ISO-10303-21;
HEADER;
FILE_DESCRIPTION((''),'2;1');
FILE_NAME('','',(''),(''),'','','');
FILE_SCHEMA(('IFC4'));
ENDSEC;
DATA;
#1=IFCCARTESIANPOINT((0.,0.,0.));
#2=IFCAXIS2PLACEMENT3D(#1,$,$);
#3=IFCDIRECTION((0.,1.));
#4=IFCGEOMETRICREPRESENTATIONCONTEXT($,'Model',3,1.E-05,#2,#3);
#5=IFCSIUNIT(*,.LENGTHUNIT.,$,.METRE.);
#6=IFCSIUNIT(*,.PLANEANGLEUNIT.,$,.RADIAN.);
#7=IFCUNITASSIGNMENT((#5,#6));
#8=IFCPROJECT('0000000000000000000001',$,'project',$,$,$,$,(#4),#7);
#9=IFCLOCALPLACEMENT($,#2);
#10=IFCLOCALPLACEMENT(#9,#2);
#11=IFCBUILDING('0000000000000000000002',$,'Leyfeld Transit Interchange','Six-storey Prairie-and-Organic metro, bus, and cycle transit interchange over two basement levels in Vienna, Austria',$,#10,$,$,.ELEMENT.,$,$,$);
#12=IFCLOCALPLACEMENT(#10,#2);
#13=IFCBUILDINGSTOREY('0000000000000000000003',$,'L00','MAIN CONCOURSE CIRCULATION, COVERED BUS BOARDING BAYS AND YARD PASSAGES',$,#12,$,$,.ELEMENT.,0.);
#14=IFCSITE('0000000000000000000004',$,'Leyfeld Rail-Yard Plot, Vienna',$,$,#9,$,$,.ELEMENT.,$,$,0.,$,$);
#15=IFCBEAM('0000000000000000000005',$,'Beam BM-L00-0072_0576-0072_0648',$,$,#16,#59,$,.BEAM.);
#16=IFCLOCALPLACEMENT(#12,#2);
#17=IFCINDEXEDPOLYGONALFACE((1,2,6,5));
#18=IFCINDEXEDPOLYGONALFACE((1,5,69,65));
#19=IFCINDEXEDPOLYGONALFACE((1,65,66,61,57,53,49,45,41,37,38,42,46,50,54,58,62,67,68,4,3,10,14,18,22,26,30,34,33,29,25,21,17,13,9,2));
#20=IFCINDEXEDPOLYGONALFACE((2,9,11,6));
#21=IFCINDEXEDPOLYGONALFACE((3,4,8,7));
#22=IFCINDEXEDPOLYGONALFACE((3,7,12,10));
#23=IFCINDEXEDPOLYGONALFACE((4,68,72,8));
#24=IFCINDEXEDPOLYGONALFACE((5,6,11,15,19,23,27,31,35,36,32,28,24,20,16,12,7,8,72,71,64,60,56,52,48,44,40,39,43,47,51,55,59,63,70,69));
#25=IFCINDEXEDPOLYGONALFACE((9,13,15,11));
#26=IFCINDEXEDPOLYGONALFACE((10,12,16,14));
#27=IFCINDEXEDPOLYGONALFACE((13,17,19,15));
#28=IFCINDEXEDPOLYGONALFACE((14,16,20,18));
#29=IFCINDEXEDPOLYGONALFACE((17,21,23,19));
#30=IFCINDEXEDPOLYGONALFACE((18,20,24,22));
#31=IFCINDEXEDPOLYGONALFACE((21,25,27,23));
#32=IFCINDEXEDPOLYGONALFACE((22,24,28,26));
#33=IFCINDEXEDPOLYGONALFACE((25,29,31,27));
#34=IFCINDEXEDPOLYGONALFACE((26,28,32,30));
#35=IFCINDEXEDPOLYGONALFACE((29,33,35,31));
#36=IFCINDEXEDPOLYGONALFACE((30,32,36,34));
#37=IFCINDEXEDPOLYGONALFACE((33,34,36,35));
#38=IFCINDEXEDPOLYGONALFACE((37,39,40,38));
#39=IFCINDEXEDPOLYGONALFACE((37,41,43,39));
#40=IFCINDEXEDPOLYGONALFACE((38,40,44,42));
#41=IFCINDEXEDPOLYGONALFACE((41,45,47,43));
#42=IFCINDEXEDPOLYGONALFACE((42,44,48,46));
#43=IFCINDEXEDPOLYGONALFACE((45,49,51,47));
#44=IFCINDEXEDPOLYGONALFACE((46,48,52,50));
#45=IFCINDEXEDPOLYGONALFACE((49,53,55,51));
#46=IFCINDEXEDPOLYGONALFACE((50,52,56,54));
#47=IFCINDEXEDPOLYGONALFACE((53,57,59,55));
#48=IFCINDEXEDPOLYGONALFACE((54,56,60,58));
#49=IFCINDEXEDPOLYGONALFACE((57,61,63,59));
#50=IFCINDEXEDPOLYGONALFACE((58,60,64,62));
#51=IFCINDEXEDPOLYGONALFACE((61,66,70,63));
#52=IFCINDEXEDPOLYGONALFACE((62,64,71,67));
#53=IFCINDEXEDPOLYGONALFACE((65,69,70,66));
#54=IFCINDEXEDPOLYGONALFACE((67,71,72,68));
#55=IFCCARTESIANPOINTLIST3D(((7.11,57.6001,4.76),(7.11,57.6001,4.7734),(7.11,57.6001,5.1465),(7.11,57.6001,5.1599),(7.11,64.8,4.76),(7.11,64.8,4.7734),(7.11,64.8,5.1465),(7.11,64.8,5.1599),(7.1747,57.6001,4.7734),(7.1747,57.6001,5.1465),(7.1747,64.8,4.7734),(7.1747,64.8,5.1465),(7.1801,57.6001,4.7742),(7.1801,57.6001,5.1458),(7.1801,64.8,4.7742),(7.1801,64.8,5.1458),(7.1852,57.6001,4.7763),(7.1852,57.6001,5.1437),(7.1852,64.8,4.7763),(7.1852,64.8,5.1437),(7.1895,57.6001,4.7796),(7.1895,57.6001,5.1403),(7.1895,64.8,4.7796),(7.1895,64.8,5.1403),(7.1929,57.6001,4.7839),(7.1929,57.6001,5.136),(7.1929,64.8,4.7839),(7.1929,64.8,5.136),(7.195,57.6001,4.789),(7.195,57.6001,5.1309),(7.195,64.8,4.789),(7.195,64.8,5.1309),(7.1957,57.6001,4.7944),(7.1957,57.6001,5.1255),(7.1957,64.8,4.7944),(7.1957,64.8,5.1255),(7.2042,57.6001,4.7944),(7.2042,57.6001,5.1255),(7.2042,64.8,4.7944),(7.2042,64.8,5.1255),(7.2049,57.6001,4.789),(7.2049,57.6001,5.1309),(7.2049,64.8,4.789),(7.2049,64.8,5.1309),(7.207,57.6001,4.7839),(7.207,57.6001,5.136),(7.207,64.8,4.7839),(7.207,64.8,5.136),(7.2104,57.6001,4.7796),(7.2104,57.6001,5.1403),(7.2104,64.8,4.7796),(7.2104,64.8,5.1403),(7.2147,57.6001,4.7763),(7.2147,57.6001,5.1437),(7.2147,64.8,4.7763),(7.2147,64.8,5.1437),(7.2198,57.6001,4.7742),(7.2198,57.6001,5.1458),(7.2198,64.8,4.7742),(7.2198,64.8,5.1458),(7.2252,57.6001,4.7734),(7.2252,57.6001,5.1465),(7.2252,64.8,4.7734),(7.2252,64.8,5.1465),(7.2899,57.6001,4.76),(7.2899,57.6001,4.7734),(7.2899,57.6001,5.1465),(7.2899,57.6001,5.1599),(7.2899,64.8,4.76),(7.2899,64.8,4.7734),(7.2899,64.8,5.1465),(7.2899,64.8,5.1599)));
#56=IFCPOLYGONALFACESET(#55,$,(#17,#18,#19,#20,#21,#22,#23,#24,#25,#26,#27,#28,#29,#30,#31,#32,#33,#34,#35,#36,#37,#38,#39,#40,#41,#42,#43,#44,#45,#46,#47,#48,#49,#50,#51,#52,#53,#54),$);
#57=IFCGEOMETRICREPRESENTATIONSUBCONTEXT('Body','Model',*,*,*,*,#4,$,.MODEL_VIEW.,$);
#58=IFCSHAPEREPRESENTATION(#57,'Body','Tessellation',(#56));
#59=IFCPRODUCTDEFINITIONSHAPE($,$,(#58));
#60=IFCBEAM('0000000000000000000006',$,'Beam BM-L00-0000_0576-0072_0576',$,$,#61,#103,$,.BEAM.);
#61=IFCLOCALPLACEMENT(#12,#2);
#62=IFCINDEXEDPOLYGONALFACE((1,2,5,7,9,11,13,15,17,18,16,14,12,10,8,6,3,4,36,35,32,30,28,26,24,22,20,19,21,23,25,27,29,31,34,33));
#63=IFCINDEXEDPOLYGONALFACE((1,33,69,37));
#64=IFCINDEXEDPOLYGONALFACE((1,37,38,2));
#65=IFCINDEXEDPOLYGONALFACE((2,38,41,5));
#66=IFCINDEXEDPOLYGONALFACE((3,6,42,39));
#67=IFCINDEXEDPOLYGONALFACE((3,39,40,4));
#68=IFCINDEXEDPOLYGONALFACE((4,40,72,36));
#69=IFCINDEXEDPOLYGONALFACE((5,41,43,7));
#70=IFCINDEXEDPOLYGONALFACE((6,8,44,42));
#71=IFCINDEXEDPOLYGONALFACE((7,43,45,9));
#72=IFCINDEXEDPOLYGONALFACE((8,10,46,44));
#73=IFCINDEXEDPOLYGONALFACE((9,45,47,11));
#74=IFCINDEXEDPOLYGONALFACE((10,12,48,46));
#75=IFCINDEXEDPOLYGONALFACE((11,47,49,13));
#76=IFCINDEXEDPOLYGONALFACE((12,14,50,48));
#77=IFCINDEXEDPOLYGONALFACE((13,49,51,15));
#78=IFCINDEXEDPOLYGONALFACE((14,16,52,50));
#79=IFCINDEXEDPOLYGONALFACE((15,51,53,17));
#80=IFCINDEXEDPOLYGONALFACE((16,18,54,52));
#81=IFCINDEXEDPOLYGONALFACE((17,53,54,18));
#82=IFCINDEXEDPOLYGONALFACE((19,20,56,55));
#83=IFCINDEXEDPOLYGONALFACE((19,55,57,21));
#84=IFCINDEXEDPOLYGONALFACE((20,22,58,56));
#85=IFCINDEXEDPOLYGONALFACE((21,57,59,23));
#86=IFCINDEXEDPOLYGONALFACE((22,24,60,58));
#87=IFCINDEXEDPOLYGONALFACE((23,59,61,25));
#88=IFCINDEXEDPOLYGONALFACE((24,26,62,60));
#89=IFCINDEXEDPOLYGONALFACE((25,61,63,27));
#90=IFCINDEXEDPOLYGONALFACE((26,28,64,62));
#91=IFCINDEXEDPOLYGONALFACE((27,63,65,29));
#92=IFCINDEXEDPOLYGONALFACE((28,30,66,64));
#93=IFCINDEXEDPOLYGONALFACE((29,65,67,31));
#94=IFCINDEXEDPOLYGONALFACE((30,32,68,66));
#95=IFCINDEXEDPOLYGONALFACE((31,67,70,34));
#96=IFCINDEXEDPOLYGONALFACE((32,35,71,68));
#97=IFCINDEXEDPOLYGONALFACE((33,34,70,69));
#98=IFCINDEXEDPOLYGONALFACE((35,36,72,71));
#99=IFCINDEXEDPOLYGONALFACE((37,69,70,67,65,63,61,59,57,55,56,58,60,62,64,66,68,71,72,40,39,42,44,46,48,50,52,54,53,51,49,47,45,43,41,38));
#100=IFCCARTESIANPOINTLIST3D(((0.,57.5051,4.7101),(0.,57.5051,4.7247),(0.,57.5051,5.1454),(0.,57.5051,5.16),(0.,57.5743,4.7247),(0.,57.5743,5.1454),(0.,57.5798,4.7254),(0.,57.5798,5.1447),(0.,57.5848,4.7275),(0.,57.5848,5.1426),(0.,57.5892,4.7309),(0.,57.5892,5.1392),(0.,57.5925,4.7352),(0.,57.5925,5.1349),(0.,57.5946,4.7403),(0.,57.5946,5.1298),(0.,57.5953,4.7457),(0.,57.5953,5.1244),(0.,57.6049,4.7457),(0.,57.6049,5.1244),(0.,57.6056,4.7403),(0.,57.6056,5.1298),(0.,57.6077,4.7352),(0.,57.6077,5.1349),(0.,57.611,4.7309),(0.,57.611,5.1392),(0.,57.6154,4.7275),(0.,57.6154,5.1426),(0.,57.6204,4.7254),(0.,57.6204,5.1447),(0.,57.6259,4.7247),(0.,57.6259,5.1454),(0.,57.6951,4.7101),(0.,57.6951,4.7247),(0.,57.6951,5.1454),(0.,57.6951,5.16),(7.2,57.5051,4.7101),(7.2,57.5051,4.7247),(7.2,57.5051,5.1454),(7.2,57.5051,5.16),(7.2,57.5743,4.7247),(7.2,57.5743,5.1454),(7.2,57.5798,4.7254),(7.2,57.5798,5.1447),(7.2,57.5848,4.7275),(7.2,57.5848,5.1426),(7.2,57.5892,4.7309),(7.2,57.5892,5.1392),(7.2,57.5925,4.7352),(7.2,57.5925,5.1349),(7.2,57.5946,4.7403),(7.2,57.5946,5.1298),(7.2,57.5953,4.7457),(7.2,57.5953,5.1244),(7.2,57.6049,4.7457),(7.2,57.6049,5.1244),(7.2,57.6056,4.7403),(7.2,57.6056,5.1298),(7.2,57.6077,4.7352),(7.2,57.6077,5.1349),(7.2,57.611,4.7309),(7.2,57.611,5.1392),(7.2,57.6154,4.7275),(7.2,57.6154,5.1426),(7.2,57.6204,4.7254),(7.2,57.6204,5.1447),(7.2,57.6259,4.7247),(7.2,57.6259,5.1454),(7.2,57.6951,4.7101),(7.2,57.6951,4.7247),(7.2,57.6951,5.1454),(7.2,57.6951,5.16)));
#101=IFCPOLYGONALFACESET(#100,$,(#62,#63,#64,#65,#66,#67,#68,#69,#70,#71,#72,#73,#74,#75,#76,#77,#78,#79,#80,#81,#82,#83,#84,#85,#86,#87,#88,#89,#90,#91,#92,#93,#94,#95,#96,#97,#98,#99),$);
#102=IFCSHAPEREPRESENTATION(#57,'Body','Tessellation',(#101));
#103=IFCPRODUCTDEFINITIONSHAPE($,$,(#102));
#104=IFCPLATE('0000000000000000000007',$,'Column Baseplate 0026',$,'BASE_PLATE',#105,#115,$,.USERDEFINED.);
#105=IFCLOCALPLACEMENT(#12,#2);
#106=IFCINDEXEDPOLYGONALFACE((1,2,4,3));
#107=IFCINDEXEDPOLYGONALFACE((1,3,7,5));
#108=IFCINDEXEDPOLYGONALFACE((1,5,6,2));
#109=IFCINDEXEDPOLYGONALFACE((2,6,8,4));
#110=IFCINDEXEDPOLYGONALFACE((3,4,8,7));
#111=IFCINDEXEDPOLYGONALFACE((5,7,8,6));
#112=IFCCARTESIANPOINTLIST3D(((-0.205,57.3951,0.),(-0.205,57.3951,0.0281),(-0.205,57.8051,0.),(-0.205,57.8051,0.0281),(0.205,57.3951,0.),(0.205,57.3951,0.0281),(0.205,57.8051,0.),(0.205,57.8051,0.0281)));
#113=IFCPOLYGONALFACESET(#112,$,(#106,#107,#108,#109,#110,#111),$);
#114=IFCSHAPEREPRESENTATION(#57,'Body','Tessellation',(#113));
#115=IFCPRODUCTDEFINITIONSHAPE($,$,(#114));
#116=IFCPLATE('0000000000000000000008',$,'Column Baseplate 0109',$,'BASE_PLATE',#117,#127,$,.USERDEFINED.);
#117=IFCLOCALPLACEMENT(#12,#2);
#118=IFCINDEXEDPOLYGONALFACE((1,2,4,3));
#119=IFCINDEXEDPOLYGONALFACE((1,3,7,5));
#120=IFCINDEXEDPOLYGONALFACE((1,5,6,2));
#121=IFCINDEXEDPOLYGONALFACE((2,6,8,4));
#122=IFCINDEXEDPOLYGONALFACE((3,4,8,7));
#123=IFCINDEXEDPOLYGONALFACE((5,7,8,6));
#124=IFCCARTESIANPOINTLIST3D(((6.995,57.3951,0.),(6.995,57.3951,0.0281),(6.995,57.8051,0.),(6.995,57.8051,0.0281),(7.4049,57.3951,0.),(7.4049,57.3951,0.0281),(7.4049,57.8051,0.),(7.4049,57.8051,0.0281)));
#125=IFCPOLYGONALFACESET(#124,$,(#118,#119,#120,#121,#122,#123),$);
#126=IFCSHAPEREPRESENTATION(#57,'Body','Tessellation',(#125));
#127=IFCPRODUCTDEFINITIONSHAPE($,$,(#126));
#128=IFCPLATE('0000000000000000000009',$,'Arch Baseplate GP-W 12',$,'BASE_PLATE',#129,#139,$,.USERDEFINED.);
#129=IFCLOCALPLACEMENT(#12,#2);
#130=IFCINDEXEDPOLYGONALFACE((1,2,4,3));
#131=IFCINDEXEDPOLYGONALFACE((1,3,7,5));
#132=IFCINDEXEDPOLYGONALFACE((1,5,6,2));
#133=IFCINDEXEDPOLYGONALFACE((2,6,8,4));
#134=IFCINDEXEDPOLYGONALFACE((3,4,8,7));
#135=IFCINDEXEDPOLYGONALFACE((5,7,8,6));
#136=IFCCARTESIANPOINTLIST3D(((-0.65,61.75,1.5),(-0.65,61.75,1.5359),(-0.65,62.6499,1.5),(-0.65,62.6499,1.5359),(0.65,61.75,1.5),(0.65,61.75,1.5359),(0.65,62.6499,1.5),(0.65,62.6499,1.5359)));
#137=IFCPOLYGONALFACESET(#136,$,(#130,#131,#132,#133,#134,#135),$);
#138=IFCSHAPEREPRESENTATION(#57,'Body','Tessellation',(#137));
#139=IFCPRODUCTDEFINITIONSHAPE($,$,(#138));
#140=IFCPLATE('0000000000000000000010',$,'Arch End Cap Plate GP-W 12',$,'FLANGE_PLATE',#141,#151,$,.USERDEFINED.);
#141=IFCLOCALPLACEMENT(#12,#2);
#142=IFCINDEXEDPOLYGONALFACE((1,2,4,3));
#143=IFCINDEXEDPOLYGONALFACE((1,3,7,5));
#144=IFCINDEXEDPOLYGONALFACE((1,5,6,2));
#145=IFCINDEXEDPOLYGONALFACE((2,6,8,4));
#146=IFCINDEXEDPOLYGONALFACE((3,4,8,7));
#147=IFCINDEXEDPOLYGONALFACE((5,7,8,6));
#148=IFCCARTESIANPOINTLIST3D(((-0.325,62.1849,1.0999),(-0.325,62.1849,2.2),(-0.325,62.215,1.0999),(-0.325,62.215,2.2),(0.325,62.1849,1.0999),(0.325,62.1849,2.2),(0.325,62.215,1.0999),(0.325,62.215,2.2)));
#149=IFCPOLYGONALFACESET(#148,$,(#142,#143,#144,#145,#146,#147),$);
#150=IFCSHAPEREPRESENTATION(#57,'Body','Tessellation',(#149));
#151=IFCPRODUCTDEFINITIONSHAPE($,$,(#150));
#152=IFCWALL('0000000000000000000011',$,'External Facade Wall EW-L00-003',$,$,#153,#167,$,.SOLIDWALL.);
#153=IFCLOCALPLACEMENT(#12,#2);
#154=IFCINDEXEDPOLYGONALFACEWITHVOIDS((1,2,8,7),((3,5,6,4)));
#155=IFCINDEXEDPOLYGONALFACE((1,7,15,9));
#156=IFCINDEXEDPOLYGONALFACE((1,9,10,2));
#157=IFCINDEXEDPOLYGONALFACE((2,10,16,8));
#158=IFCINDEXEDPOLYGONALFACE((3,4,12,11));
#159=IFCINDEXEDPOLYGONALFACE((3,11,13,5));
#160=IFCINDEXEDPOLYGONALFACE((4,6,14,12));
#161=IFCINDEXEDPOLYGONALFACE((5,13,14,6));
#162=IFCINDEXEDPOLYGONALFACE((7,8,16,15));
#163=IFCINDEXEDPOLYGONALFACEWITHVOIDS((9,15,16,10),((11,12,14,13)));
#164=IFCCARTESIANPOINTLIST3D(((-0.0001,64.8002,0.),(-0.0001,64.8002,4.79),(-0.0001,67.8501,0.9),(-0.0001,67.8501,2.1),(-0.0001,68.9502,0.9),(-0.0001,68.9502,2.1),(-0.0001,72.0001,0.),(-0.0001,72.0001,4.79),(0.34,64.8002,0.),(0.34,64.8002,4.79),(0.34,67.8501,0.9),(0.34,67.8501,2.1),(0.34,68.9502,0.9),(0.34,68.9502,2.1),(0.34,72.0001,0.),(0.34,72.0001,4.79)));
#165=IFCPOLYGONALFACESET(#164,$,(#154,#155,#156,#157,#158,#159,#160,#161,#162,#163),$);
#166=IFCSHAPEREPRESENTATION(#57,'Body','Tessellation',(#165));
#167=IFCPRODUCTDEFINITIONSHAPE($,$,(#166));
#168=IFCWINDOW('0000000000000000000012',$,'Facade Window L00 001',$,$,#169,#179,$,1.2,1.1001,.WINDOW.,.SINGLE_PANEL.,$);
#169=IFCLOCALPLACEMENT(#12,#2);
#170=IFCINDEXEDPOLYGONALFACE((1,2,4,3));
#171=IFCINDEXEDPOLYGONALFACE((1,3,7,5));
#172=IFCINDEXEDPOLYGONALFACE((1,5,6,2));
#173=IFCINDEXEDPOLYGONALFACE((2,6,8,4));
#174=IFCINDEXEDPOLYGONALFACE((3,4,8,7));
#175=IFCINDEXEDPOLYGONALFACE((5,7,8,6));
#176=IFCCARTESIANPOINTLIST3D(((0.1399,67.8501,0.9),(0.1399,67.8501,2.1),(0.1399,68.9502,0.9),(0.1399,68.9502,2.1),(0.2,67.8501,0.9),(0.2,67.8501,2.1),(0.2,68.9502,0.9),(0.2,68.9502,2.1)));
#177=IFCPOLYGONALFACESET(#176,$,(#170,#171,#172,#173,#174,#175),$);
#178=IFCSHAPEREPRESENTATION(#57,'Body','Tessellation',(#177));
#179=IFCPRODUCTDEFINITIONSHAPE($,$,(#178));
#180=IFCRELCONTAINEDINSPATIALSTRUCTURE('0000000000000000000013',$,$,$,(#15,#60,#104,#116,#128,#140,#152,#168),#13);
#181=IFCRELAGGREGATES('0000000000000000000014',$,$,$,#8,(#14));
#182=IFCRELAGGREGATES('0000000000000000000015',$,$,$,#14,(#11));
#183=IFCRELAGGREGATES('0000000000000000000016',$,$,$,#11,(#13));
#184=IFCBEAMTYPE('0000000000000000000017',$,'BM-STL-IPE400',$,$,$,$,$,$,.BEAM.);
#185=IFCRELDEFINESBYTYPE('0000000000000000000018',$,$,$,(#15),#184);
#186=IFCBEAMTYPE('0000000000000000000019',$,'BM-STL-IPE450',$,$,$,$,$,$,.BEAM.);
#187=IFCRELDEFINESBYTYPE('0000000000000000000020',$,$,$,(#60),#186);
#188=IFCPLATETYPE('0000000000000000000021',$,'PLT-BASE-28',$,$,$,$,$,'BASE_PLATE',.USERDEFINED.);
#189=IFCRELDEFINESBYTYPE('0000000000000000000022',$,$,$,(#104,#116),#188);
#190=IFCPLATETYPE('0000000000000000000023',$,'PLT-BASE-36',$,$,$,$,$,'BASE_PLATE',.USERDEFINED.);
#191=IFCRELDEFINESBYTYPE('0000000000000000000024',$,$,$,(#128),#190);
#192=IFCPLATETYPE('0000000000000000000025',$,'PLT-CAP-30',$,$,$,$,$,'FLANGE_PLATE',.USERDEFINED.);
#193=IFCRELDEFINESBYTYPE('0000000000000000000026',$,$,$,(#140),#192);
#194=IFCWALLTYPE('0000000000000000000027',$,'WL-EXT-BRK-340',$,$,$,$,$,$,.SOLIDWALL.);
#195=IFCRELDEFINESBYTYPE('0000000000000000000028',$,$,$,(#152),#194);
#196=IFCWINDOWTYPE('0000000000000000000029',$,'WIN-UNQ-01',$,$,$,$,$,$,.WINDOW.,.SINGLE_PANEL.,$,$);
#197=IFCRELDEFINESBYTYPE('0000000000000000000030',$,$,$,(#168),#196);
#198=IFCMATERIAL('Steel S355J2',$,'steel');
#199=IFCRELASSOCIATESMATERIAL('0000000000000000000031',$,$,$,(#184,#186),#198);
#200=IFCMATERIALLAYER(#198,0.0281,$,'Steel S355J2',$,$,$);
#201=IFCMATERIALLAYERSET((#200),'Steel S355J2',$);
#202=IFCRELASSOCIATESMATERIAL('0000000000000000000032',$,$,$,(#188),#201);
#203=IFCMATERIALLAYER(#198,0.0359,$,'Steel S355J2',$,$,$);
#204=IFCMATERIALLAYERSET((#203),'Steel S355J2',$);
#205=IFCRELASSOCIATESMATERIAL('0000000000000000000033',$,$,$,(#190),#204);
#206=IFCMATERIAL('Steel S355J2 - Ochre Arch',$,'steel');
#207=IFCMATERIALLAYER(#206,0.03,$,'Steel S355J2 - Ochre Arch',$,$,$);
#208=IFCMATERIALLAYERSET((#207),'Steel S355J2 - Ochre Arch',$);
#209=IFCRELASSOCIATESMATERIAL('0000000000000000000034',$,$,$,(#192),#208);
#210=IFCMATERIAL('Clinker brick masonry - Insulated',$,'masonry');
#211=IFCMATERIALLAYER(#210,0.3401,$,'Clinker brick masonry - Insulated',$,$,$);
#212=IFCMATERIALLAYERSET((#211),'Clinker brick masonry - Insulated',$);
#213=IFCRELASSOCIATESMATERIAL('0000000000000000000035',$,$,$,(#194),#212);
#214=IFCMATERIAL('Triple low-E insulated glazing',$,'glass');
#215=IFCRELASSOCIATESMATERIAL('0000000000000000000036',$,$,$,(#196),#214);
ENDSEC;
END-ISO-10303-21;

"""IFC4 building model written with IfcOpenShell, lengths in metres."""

from ifc_helpers import new_model, si_unit, direction, frame, frame_2d, origin, origin_2d, place, context, subcontext, project, spatial, rectangle, i_section, extrude, material, layer, layer_set, material_profile, profile_set, type_object, element, fill, save


model = new_model("IFC4")

# Units and contexts
model_context = context("Model", 3, precision=1e-05, world=origin(), true_north=direction((0.0, 1.0)))
body_context = subcontext(model_context, "Body", "Model", "MODEL_VIEW")
ifc_project = project(units=[si_unit("LENGTHUNIT", "METRE"), si_unit("PLANEANGLEUNIT", "RADIAN")], contexts=[model_context])

# Site, building, storey
site_placement = place(None, origin())
site = spatial("IfcSite", under=ifc_project, at=site_placement, Name="Leyfeld Rail-Yard Plot, Vienna", CompositionType="ELEMENT", RefElevation=0.0)
building_placement = place(site_placement, origin())
building = spatial("IfcBuilding", under=site, at=building_placement, Name="Leyfeld Transit Interchange", Description="Six-storey Prairie-and-Organic metro, bus, and cycle transit interchange over two basement levels in Vienna, Austria", CompositionType="ELEMENT")
storey_placement = place(building_placement, origin())
storey = spatial("IfcBuildingStorey", under=building, at=storey_placement, Name="L00", Description="MAIN CONCOURSE CIRCULATION, COVERED BUS BOARDING BAYS AND YARD PASSAGES", CompositionType="ELEMENT", Elevation=0.0)

# Shared definitions
ifc_material_1 = material(Name="Steel S355J2", Category="steel")

# Beams
ifc_material_profile_1 = material_profile(ifc_material_1, i_section(OverallWidth=0.1799, OverallDepth=0.3999, WebThickness=0.0085, FlangeThickness=0.0134, FilletRadius=0.021, at=origin_2d()), Name="IPE 400")
ifc_profile_set_1 = profile_set([ifc_material_profile_1], Name="Steel S355J2")
beam_type_1 = type_object("IfcBeamType", Name="BM-STL-IPE400", PredefinedType="BEAM", material=ifc_profile_set_1)
beam_1_placement = place(storey_placement, frame((7.2, 57.6001, 4.96), z_axis=(0.0, 1.0, 0.0), x_axis=(-1.0, 0.0, 0.0)))
element("IfcBeam", 1, at=beam_1_placement, inside=storey, type_object=beam_type_1, Name="Beam BM-L00-0072_0576-0072_0648", PredefinedType="BEAM", context=body_context, shape_type="SweptSolid", body=[
    extrude(i_section(OverallWidth=0.1799, OverallDepth=0.3999, WebThickness=0.0085, FlangeThickness=0.0134, FilletRadius=0.021, at=origin_2d()), origin(), (0.0, 0.0, 1.0), 7.2),
])
ifc_material_profile_2 = material_profile(ifc_material_1, i_section(OverallWidth=0.1899, OverallDepth=0.45, WebThickness=0.0095, FlangeThickness=0.0146, FilletRadius=0.021, at=origin_2d()), Name="IPE 450")
ifc_profile_set_2 = profile_set([ifc_material_profile_2], Name="Steel S355J2")
beam_type_2 = type_object("IfcBeamType", Name="BM-STL-IPE450", PredefinedType="BEAM", material=ifc_profile_set_2)
beam_2_placement = place(storey_placement, frame((0.0, 57.6001, 4.9351), z_axis=(1.0, 0.0, 0.0), x_axis=(0.0, 1.0, 0.0)))
element("IfcBeam", 2, at=beam_2_placement, inside=storey, type_object=beam_type_2, Name="Beam BM-L00-0000_0576-0072_0576", PredefinedType="BEAM", context=body_context, shape_type="SweptSolid", body=[
    extrude(i_section(OverallWidth=0.1899, OverallDepth=0.45, WebThickness=0.0095, FlangeThickness=0.0146, FilletRadius=0.021, at=origin_2d()), origin(), (0.0, 0.0, 1.0), 7.2),
])

# Plates
ifc_layer_1 = layer(ifc_material_1, 0.0281, Name="Steel S355J2")
ifc_layer_set_1 = layer_set([ifc_layer_1], Name="Steel S355J2")
plate_type_1 = type_object("IfcPlateType", Name="PLT-BASE-28", ElementType="BASE_PLATE", PredefinedType="USERDEFINED", material=ifc_layer_set_1)
for number, where, z_axis, x_axis, name in (
    (3, (0.0, 57.6001, 0.0), (0.0, 0.0, 1.0), (1.0, 0.0, 0.0), "Column Baseplate 0026"),
    (4, (7.2, 57.6001, 0.0), (0.0, 0.0, 1.0), (1.0, 0.0, 0.0), "Column Baseplate 0109"),
):
    element("IfcPlate", number, at=place(storey_placement, frame(where, z_axis=z_axis, x_axis=x_axis)), inside=storey, type_object=plate_type_1, Name=name, ObjectType="BASE_PLATE", PredefinedType="USERDEFINED", context=body_context, shape_type="SweptSolid", body=[
        extrude(rectangle(XDim=0.4099, YDim=0.4099, at=origin_2d()), origin(), (0.0, 0.0, 1.0), 0.0281),
    ])
ifc_layer_2 = layer(ifc_material_1, 0.0359, Name="Steel S355J2")
ifc_layer_set_2 = layer_set([ifc_layer_2], Name="Steel S355J2")
plate_type_2 = type_object("IfcPlateType", Name="PLT-BASE-36", ElementType="BASE_PLATE", PredefinedType="USERDEFINED", material=ifc_layer_set_2)
plate_1_placement = place(storey_placement, frame((0.0, 62.2, 1.5), z_axis=(0.0, 0.0, 1.0), x_axis=(1.0, 0.0, 0.0)))
element("IfcPlate", 5, at=plate_1_placement, inside=storey, type_object=plate_type_2, Name="Arch Baseplate GP-W 12", ObjectType="BASE_PLATE", PredefinedType="USERDEFINED", context=body_context, shape_type="SweptSolid", body=[
    extrude(rectangle(XDim=1.3, YDim=0.8999, at=origin_2d()), origin(), (0.0, 0.0, 1.0), 0.0359),
])
ifc_material_2 = material(Name="Steel S355J2 - Ochre Arch", Category="steel")
ifc_layer_3 = layer(ifc_material_2, 0.03, Name="Steel S355J2 - Ochre Arch")
ifc_layer_set_3 = layer_set([ifc_layer_3], Name="Steel S355J2 - Ochre Arch")
plate_type_3 = type_object("IfcPlateType", Name="PLT-CAP-30", ElementType="FLANGE_PLATE", PredefinedType="USERDEFINED", material=ifc_layer_set_3)
plate_2_placement = place(storey_placement, frame((0.0, 62.2, 1.0999), z_axis=(0.0, 0.0, 1.0), x_axis=(1.0, 0.0, 0.0)))
element("IfcPlate", 6, at=plate_2_placement, inside=storey, type_object=plate_type_3, Name="Arch End Cap Plate GP-W 12", ObjectType="FLANGE_PLATE", PredefinedType="USERDEFINED", context=body_context, shape_type="SweptSolid", body=[
    extrude(rectangle(XDim=0.6499, YDim=0.03, at=origin_2d()), origin(), (0.0, 0.0, 1.0), 1.1001),
])

# Wall, opening, window
ifc_material_3 = material(Name="Clinker brick masonry - Insulated", Category="masonry")
ifc_layer_4 = layer(ifc_material_3, 0.3401, Name="Clinker brick masonry - Insulated")
ifc_layer_set_4 = layer_set([ifc_layer_4], Name="Clinker brick masonry - Insulated")
wall_type_1 = type_object("IfcWallType", Name="WL-EXT-BRK-340", PredefinedType="SOLIDWALL", material=ifc_layer_set_4)
wall_1_placement = place(storey_placement, frame((0.1699, 64.8, 0.0), z_axis=(0.0, 0.0, 1.0), x_axis=(0.0, 1.0, 0.0)))
wall_1 = element("IfcWall", 7, at=wall_1_placement, inside=storey, type_object=wall_type_1, Name="External Facade Wall EW-L00-003", PredefinedType="SOLIDWALL", context=body_context, shape_type="SweptSolid", body=[
    extrude(rectangle(XDim=7.2, YDim=0.3401, at=frame_2d((3.6001, 0.0))), origin(), (0.0, 0.0, 1.0), 4.79),
])
opening_placement = place(wall_1_placement, frame((3.05, 0.0, 0.8999)))
opening = element("IfcOpeningElement", 8, at=opening_placement, cuts=wall_1, PredefinedType="OPENING", context=body_context, shape_type="SweptSolid", body=[
    extrude(rectangle(XDim=1.1001, YDim=1.2, at=frame_2d((0.55, 0.6001))), frame((0.0, 0.1799, 0.0), z_axis=(0.0, -1.0, 0.0), x_axis=(1.0, 0.0, 0.0)), (0.0, 0.0, 1.0), 0.3601),
])
ifc_material_4 = material(Name="Triple low-E insulated glazing", Category="glass")
window_type = type_object("IfcWindowType", Name="WIN-UNQ-01", PartitioningType="SINGLE_PANEL", PredefinedType="WINDOW", material=ifc_material_4)
window_placement = place(opening_placement, origin())
window = element("IfcWindow", 9, at=window_placement, inside=storey, type_object=window_type, Name="Facade Window L00 001", OverallHeight=1.2, OverallWidth=1.1001, PartitioningType="SINGLE_PANEL", PredefinedType="WINDOW", context=body_context, shape_type="SweptSolid", body=[
    extrude(rectangle(XDim=1.1001, YDim=1.2, at=frame_2d((0.55, 0.6001))), frame((0.0, 0.03, 0.0), z_axis=(0.0, -1.0, 0.0), x_axis=(1.0, 0.0, 0.0)), (0.0, 0.0, 1.0), 0.0601),
])
fill(opening, window)

save(model, "model.ifc")
